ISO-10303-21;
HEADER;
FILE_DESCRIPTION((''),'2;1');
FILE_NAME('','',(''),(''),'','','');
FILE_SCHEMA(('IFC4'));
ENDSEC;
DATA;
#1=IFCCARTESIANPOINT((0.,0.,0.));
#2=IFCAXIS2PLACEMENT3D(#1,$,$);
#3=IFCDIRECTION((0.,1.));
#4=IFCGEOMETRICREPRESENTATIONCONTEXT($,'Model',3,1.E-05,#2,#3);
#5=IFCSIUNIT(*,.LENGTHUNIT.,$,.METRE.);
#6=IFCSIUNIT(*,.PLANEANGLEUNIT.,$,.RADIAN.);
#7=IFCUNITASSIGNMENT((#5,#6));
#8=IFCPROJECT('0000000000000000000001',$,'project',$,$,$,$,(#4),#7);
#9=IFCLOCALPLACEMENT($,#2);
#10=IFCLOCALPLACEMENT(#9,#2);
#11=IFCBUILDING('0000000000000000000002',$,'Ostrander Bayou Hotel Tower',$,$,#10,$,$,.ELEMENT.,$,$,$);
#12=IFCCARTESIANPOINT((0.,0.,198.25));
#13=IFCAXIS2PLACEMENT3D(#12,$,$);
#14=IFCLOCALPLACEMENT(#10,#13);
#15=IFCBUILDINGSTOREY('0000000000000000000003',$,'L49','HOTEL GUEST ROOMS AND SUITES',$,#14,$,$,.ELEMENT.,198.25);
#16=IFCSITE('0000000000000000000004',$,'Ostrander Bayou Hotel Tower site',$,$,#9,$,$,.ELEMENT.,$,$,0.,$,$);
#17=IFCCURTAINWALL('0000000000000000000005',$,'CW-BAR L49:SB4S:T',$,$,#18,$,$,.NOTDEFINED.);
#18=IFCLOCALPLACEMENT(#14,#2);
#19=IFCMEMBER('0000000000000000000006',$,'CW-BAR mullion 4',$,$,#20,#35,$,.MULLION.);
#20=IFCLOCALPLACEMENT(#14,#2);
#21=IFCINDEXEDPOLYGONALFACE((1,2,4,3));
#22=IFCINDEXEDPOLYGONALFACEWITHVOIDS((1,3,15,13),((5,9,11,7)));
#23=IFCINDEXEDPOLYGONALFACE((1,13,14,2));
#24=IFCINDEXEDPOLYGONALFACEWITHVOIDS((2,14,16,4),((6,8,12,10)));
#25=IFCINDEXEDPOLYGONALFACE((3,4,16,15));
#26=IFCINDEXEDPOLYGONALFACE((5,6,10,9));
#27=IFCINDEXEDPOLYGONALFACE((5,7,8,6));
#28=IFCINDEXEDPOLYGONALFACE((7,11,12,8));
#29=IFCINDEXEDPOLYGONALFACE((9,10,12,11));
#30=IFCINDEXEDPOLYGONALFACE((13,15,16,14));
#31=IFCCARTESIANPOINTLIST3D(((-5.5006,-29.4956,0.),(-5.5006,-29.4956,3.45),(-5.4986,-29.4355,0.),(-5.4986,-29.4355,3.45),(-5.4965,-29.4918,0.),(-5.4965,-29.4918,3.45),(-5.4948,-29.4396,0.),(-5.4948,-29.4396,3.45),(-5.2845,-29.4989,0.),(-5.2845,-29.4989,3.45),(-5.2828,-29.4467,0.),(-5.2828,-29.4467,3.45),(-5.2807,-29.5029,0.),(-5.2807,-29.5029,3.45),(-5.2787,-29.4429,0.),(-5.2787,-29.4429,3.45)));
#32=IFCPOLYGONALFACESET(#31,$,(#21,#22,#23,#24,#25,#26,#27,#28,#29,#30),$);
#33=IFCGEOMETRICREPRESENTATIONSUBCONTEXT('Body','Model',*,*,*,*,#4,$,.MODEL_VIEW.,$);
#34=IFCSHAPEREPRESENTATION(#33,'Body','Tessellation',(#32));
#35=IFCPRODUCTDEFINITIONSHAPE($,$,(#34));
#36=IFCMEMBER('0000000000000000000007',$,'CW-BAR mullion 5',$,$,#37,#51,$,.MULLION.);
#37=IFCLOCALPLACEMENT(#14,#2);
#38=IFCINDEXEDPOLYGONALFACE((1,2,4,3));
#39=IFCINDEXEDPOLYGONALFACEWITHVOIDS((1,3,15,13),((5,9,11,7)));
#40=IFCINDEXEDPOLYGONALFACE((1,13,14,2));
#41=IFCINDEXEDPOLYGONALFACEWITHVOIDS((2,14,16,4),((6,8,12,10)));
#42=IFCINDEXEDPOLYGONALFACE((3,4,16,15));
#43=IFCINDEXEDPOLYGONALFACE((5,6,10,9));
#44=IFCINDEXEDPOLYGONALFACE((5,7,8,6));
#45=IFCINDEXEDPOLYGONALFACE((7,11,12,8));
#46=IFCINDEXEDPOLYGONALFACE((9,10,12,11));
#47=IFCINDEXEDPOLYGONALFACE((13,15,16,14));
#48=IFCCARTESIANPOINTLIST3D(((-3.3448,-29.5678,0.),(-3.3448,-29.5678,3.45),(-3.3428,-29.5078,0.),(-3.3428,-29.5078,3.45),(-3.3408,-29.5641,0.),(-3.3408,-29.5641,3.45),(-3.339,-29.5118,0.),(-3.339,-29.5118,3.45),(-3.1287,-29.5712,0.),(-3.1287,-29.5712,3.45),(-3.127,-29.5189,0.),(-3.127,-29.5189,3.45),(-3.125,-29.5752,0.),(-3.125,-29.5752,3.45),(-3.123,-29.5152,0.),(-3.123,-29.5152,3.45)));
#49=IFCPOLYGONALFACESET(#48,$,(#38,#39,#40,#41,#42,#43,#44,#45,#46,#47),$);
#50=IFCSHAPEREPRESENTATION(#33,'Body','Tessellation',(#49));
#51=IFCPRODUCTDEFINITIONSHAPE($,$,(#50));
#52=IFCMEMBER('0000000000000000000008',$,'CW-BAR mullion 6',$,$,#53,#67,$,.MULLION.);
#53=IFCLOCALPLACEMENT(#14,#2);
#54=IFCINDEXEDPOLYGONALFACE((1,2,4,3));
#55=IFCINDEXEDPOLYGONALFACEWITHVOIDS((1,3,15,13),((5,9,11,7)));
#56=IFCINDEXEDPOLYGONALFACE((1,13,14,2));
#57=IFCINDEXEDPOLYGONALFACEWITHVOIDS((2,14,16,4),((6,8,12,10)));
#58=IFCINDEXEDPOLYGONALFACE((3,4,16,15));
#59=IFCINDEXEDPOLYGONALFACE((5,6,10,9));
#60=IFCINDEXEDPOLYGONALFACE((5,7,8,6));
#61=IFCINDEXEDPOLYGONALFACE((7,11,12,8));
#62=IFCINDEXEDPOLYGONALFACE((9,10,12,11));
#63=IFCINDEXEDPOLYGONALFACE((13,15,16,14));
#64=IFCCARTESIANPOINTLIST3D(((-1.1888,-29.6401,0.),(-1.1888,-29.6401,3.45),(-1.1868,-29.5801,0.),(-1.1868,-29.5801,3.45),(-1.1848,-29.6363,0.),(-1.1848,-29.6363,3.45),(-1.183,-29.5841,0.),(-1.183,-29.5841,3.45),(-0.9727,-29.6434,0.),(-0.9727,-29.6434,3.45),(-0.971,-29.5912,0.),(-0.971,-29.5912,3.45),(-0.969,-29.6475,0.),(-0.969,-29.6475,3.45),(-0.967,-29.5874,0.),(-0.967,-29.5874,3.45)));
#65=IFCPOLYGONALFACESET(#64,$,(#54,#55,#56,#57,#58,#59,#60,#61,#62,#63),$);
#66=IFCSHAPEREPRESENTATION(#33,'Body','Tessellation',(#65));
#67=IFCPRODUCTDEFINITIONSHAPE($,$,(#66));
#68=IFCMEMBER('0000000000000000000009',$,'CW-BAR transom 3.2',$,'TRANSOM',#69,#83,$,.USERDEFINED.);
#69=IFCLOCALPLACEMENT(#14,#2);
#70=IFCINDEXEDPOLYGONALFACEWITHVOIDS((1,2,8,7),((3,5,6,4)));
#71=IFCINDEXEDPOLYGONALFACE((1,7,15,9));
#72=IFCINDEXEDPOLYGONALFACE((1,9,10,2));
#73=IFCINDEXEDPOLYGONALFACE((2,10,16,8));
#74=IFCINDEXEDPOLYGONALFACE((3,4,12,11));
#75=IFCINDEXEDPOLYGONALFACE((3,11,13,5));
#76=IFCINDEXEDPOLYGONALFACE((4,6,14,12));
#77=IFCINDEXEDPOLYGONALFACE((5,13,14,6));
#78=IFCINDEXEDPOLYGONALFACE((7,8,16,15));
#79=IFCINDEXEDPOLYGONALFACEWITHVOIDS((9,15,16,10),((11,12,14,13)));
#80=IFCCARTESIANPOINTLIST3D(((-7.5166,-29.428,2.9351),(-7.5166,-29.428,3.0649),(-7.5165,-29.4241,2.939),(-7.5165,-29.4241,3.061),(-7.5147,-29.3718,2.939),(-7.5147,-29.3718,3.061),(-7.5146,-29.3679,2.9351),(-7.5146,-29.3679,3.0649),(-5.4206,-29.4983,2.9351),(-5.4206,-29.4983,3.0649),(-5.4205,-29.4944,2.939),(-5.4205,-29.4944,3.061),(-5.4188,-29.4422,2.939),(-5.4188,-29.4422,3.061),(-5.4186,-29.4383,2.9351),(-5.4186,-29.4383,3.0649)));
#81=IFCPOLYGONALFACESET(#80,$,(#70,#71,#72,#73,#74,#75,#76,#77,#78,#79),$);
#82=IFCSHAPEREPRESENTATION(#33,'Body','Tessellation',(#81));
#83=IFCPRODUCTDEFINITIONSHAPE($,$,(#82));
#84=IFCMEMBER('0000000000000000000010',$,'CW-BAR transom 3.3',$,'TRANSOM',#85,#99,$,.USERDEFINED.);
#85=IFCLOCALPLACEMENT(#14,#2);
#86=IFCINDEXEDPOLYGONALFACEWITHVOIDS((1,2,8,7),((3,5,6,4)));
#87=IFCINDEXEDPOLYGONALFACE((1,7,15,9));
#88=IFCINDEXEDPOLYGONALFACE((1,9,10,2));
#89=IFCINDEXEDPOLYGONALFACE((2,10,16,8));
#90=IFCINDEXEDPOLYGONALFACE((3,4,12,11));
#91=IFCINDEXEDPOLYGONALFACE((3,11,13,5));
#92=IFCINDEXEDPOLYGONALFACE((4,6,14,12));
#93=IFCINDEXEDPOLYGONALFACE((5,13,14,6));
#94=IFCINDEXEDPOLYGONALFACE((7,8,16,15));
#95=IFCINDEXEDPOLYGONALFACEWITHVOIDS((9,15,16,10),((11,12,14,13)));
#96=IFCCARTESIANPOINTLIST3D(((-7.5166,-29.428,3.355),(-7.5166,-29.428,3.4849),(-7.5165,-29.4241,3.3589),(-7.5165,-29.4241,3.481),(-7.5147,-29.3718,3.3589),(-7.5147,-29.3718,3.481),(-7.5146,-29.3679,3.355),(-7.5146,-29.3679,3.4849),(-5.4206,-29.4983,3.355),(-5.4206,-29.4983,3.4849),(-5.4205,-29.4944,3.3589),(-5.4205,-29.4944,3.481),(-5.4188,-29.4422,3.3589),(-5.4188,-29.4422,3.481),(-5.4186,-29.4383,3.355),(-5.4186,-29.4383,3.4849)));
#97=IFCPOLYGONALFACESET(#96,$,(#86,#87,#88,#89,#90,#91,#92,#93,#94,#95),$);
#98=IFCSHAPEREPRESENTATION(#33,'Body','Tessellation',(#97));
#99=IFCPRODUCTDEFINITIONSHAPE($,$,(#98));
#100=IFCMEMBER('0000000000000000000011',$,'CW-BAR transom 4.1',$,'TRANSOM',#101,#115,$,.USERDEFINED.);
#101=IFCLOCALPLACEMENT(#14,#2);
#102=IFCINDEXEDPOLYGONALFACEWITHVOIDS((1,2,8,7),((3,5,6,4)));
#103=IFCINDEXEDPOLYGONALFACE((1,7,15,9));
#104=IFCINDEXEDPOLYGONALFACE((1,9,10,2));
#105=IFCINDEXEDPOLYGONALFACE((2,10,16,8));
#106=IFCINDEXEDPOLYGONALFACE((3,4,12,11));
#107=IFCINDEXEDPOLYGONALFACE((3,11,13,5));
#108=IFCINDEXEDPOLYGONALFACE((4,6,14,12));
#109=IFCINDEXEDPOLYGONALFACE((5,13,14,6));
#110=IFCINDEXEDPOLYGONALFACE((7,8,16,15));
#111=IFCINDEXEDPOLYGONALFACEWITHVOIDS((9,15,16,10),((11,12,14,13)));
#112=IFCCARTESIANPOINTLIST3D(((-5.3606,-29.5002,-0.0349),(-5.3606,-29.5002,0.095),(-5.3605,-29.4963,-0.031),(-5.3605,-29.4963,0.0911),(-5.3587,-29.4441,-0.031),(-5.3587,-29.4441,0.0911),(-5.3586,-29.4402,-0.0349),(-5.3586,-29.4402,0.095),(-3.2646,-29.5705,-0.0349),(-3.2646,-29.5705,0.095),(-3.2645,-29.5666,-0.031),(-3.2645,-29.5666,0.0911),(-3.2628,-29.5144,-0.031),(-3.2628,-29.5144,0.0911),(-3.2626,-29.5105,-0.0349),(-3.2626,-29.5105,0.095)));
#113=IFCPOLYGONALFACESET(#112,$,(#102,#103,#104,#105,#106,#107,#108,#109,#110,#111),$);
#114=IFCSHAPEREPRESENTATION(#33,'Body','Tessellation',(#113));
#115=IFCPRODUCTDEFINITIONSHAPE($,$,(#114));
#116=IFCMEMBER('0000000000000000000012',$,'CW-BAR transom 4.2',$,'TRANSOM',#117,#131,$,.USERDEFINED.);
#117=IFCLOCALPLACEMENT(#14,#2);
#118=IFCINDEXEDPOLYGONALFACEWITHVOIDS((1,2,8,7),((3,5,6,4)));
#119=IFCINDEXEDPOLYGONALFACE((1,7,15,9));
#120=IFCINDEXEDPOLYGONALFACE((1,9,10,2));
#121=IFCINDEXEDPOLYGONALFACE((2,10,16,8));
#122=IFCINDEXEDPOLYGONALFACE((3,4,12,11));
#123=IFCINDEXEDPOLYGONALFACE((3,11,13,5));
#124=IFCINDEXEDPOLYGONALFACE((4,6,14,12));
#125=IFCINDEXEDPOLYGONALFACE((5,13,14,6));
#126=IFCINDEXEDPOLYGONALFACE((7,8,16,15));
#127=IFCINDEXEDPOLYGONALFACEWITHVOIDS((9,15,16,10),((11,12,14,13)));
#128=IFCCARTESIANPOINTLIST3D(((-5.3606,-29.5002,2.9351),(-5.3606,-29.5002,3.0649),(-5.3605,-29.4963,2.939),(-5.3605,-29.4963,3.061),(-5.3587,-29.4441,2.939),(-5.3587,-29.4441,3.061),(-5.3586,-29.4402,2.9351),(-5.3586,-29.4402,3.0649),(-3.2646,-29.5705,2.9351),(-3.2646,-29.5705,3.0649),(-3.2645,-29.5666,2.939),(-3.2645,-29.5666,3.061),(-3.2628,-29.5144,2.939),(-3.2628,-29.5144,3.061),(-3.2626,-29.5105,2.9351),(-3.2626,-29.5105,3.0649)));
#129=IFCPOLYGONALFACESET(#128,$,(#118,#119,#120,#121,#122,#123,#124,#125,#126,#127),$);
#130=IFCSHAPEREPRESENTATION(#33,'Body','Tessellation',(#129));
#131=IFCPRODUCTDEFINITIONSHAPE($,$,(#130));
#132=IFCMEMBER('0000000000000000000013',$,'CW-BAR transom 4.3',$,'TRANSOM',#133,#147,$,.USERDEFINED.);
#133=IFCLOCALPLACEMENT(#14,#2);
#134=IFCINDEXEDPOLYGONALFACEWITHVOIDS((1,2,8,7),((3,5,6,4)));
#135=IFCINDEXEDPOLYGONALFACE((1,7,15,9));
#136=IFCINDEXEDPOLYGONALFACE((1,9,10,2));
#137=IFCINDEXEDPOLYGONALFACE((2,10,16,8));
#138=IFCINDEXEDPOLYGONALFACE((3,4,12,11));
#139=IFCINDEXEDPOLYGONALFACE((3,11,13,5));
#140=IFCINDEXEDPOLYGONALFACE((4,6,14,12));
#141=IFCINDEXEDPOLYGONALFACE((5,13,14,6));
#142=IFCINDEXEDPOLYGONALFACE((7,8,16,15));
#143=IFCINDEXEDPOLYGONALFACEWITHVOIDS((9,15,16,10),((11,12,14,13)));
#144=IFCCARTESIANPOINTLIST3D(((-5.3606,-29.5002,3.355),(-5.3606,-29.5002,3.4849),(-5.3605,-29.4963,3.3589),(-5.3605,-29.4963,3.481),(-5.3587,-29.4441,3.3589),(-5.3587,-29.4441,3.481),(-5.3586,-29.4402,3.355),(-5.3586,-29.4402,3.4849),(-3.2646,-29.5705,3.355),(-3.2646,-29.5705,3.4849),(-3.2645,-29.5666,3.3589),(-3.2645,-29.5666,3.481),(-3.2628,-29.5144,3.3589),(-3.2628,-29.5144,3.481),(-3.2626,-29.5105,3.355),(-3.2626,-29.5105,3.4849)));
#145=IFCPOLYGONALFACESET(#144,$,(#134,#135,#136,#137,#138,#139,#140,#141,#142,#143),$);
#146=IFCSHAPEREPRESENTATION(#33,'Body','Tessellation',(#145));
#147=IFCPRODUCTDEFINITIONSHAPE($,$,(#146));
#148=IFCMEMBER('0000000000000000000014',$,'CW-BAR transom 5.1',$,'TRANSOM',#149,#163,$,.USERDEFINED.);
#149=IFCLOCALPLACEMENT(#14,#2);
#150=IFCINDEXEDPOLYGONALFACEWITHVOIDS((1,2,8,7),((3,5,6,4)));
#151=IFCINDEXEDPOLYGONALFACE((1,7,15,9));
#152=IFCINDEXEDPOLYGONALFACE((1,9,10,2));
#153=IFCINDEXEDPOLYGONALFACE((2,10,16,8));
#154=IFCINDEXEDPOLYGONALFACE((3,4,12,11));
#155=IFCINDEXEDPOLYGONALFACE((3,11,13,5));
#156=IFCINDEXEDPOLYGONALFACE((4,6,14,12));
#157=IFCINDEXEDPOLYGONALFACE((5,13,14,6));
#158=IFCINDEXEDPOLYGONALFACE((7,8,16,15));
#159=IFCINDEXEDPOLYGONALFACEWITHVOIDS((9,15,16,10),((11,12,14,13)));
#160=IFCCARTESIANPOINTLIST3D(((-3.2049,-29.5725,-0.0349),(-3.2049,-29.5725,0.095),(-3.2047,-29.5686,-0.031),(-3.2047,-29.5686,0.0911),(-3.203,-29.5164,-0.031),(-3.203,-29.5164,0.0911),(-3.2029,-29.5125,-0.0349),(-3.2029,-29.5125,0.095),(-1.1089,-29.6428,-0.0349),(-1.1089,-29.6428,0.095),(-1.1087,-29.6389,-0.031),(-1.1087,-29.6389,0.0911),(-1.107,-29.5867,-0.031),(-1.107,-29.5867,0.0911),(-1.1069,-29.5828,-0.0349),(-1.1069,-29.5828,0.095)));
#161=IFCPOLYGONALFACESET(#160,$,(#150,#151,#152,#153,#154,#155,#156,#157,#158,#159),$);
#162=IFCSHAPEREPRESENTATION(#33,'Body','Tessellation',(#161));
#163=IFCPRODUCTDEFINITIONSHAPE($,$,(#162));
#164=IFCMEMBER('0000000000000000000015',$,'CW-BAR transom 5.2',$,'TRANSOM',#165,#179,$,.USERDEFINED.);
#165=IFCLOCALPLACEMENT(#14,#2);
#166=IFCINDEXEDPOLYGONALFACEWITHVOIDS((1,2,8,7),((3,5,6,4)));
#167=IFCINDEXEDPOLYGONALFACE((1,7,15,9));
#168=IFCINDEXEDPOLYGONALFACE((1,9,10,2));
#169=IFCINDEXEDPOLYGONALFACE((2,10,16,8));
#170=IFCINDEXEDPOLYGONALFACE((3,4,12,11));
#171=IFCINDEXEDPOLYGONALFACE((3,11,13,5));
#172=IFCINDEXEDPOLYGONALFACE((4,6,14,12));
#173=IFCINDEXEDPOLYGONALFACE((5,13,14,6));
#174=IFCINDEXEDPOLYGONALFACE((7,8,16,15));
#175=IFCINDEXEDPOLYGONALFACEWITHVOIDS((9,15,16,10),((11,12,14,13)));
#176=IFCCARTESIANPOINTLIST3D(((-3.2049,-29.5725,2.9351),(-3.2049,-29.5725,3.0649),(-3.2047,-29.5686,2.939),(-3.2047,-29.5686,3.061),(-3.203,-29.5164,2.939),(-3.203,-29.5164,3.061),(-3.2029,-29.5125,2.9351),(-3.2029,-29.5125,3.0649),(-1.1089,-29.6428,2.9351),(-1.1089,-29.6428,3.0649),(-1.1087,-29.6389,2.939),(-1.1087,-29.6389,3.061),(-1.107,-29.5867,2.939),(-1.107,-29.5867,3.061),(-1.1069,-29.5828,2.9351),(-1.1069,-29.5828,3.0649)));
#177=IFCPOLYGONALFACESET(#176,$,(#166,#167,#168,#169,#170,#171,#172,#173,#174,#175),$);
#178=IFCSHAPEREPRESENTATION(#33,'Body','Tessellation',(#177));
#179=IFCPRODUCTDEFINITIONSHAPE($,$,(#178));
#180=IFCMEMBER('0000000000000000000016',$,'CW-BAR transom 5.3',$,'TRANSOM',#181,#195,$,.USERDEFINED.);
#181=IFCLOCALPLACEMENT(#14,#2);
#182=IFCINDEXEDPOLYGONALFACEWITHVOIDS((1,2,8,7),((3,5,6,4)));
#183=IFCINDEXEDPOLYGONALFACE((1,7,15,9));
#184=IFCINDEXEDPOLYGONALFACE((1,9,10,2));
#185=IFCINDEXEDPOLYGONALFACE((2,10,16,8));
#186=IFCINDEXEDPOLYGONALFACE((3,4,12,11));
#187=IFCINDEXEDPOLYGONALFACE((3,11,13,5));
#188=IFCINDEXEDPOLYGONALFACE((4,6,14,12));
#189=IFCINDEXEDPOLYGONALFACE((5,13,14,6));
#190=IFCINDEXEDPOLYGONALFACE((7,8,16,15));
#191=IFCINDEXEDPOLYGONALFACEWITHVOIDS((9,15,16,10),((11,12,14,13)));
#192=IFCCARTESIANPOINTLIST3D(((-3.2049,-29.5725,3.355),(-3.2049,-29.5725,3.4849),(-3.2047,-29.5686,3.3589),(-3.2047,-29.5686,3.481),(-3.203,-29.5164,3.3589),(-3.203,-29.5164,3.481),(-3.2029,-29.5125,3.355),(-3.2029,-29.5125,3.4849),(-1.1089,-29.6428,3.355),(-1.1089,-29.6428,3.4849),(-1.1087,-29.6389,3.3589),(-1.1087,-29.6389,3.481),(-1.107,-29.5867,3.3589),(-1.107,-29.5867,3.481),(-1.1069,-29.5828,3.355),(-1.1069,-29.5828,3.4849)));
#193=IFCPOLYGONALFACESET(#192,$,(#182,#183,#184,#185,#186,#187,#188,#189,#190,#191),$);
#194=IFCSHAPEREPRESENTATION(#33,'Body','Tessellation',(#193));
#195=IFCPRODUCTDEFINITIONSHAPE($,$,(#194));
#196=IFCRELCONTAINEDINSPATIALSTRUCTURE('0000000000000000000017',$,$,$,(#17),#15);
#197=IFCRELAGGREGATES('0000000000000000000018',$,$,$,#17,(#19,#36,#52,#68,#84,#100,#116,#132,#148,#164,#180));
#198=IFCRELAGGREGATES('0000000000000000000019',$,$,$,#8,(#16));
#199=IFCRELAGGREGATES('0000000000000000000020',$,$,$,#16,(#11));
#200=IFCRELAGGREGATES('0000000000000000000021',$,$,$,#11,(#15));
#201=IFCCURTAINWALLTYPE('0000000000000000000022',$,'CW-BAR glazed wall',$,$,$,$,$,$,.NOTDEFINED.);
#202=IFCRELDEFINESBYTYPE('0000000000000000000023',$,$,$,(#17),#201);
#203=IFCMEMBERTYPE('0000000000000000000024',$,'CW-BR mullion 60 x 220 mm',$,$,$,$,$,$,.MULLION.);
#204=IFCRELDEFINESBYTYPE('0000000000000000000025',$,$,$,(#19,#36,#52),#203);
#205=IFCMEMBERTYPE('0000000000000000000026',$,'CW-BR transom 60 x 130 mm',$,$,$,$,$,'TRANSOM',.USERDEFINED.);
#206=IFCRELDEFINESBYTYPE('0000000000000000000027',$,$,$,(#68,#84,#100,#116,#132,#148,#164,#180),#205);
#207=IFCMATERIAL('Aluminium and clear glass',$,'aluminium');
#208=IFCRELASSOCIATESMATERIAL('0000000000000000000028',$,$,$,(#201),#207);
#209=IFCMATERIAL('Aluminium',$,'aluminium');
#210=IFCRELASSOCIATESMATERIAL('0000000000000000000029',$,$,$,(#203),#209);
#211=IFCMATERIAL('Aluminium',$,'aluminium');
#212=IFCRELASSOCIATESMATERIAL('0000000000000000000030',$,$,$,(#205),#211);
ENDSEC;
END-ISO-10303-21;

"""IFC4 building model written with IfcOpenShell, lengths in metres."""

from ifc_helpers import new_model, si_unit, direction, frame, origin, origin_2d, place, context, subcontext, project, spatial, hollow_rectangle, extrude, material, material_profile, profile_set, type_object, element, aggregate, save


model = new_model("IFC4")

# Units and contexts
model_context = context("Model", 3, precision=1e-05, world=origin(), true_north=direction((0.0, 1.0)))
body_context = subcontext(model_context, "Body", "Model", "MODEL_VIEW")
ifc_project = project(units=[si_unit("LENGTHUNIT", "METRE"), si_unit("PLANEANGLEUNIT", "RADIAN")], contexts=[model_context])

# Site, building, storey
site_placement = place(None, origin())
site = spatial("IfcSite", under=ifc_project, at=site_placement, Name="Ostrander Bayou Hotel Tower site", CompositionType="ELEMENT", RefElevation=0.0)
building_placement = place(site_placement, origin())
building = spatial("IfcBuilding", under=site, at=building_placement, Name="Ostrander Bayou Hotel Tower", CompositionType="ELEMENT")
storey_placement = place(building_placement, frame((0.0, 0.0, 198.25)))
storey = spatial("IfcBuildingStorey", under=building, at=storey_placement, Name="L49", Description="HOTEL GUEST ROOMS AND SUITES", CompositionType="ELEMENT", Elevation=198.25)

# Curtain wall, members
ifc_material_1 = material(Name="Aluminium and clear glass", Category="aluminium")
curtain_wall_type = type_object("IfcCurtainWallType", Name="CW-BAR glazed wall", PredefinedType="NOTDEFINED", material=ifc_material_1)
curtain_wall_placement = place(storey_placement, origin())
curtain_wall = element("IfcCurtainWall", 1, at=curtain_wall_placement, inside=storey, type_object=curtain_wall_type, Name="CW-BAR L49:SB4S:T", PredefinedType="NOTDEFINED")
ifc_material_2 = material(Name="Aluminium", Category="aluminium")
ifc_material_profile_1 = material_profile(ifc_material_2, hollow_rectangle(XDim=0.0601, YDim=0.22, WallThickness=0.0039, at=origin_2d()))
ifc_profile_set_1 = profile_set([ifc_material_profile_1], Name="Aluminium")
member_type_1 = type_object("IfcMemberType", Name="CW-BR mullion 60 x 220 mm", PredefinedType="MULLION", material=ifc_profile_set_1)
member_1_placement = place(storey_placement, frame((-5.3896, -29.4692, 0.0), z_axis=(0.0, 0.0, 1.0), x_axis=(0.033505, 0.999439, 0.0)))
member_1 = element("IfcMember", 2, at=member_1_placement, type_object=member_type_1, Name="CW-BAR mullion 4", PredefinedType="MULLION", context=body_context, shape_type="SweptSolid", body=[
    extrude(hollow_rectangle(XDim=0.0601, YDim=0.22, WallThickness=0.0039, at=origin_2d()), origin(), (0.0, 0.0, 1.0), 3.45),
])
member_2_placement = place(storey_placement, frame((-3.2339, -29.5415, 0.0), z_axis=(0.0, 0.0, 1.0), x_axis=(0.033505, 0.999439, 0.0)))
member_2 = element("IfcMember", 3, at=member_2_placement, type_object=member_type_1, Name="CW-BAR mullion 5", PredefinedType="MULLION", context=body_context, shape_type="SweptSolid", body=[
    extrude(hollow_rectangle(XDim=0.0601, YDim=0.22, WallThickness=0.0039, at=origin_2d()), origin(), (0.0, 0.0, 1.0), 3.45),
])
member_3_placement = place(storey_placement, frame((-1.0779, -29.6138, 0.0), z_axis=(0.0, 0.0, 1.0), x_axis=(0.033505, 0.999439, 0.0)))
member_3 = element("IfcMember", 4, at=member_3_placement, type_object=member_type_1, Name="CW-BAR mullion 6", PredefinedType="MULLION", context=body_context, shape_type="SweptSolid", body=[
    extrude(hollow_rectangle(XDim=0.0601, YDim=0.22, WallThickness=0.0039, at=origin_2d()), origin(), (0.0, 0.0, 1.0), 3.45),
])
ifc_material_3 = material(Name="Aluminium", Category="aluminium")
ifc_material_profile_2 = material_profile(ifc_material_3, hollow_rectangle(XDim=0.0601, YDim=0.1299, WallThickness=0.0039, at=origin_2d()))
ifc_profile_set_2 = profile_set([ifc_material_profile_2], Name="Aluminium")
member_type_2 = type_object("IfcMemberType", Name="CW-BR transom 60 x 130 mm", ElementType="TRANSOM", PredefinedType="USERDEFINED", material=ifc_profile_set_2)
member_4_placement = place(storey_placement, frame((-7.5156, -29.3979, 3.0), z_axis=(0.999438, -0.033528, 0.0), x_axis=(0.033528, 0.999438, 0.0)))
member_4 = element("IfcMember", 5, at=member_4_placement, type_object=member_type_2, Name="CW-BAR transom 3.2", ObjectType="TRANSOM", PredefinedType="USERDEFINED", context=body_context, shape_type="SweptSolid", body=[
    extrude(hollow_rectangle(XDim=0.0601, YDim=0.1299, WallThickness=0.0039, at=origin_2d()), origin(), (0.0, 0.0, 1.0), 2.0972),
])
member_5_placement = place(storey_placement, frame((-7.5156, -29.3979, 3.4199), z_axis=(0.999438, -0.033528, 0.0), x_axis=(0.033528, 0.999438, 0.0)))
member_5 = element("IfcMember", 6, at=member_5_placement, type_object=member_type_2, Name="CW-BAR transom 3.3", ObjectType="TRANSOM", PredefinedType="USERDEFINED", context=body_context, shape_type="SweptSolid", body=[
    extrude(hollow_rectangle(XDim=0.0601, YDim=0.1299, WallThickness=0.0039, at=origin_2d()), origin(), (0.0, 0.0, 1.0), 2.0972),
])
member_6_placement = place(storey_placement, frame((-5.3596, -29.4702, 0.03), z_axis=(0.999438, -0.033528, 0.0), x_axis=(0.033528, 0.999438, 0.0)))
member_6 = element("IfcMember", 7, at=member_6_placement, type_object=member_type_2, Name="CW-BAR transom 4.1", ObjectType="TRANSOM", PredefinedType="USERDEFINED", context=body_context, shape_type="SweptSolid", body=[
    extrude(hollow_rectangle(XDim=0.0601, YDim=0.1299, WallThickness=0.0039, at=origin_2d()), origin(), (0.0, 0.0, 1.0), 2.0972),
])
member_7_placement = place(storey_placement, frame((-5.3596, -29.4702, 3.0), z_axis=(0.999438, -0.033528, 0.0), x_axis=(0.033528, 0.999438, 0.0)))
member_7 = element("IfcMember", 8, at=member_7_placement, type_object=member_type_2, Name="CW-BAR transom 4.2", ObjectType="TRANSOM", PredefinedType="USERDEFINED", context=body_context, shape_type="SweptSolid", body=[
    extrude(hollow_rectangle(XDim=0.0601, YDim=0.1299, WallThickness=0.0039, at=origin_2d()), origin(), (0.0, 0.0, 1.0), 2.0972),
])
member_8_placement = place(storey_placement, frame((-5.3596, -29.4702, 3.4199), z_axis=(0.999438, -0.033528, 0.0), x_axis=(0.033528, 0.999438, 0.0)))
member_8 = element("IfcMember", 9, at=member_8_placement, type_object=member_type_2, Name="CW-BAR transom 4.3", ObjectType="TRANSOM", PredefinedType="USERDEFINED", context=body_context, shape_type="SweptSolid", body=[
    extrude(hollow_rectangle(XDim=0.0601, YDim=0.1299, WallThickness=0.0039, at=origin_2d()), origin(), (0.0, 0.0, 1.0), 2.0972),
])
member_9_placement = place(storey_placement, frame((-3.2039, -29.5425, 0.03), z_axis=(0.999438, -0.033528, 0.0), x_axis=(0.033528, 0.999438, 0.0)))
member_9 = element("IfcMember", 10, at=member_9_placement, type_object=member_type_2, Name="CW-BAR transom 5.1", ObjectType="TRANSOM", PredefinedType="USERDEFINED", context=body_context, shape_type="SweptSolid", body=[
    extrude(hollow_rectangle(XDim=0.0601, YDim=0.1299, WallThickness=0.0039, at=origin_2d()), origin(), (0.0, 0.0, 1.0), 2.0972),
])
member_10_placement = place(storey_placement, frame((-3.2039, -29.5425, 3.0), z_axis=(0.999438, -0.033528, 0.0), x_axis=(0.033528, 0.999438, 0.0)))
member_10 = element("IfcMember", 11, at=member_10_placement, type_object=member_type_2, Name="CW-BAR transom 5.2", ObjectType="TRANSOM", PredefinedType="USERDEFINED", context=body_context, shape_type="SweptSolid", body=[
    extrude(hollow_rectangle(XDim=0.0601, YDim=0.1299, WallThickness=0.0039, at=origin_2d()), origin(), (0.0, 0.0, 1.0), 2.0972),
])
member_11_placement = place(storey_placement, frame((-3.2039, -29.5425, 3.4199), z_axis=(0.999438, -0.033528, 0.0), x_axis=(0.033528, 0.999438, 0.0)))
member_11 = element("IfcMember", 12, at=member_11_placement, type_object=member_type_2, Name="CW-BAR transom 5.3", ObjectType="TRANSOM", PredefinedType="USERDEFINED", context=body_context, shape_type="SweptSolid", body=[
    extrude(hollow_rectangle(XDim=0.0601, YDim=0.1299, WallThickness=0.0039, at=origin_2d()), origin(), (0.0, 0.0, 1.0), 2.0972),
])
aggregate(curtain_wall, [member_1, member_2, member_3, member_4, member_5, member_6, member_7, member_8, member_9, member_10, member_11])

save(model, "model.ifc")
